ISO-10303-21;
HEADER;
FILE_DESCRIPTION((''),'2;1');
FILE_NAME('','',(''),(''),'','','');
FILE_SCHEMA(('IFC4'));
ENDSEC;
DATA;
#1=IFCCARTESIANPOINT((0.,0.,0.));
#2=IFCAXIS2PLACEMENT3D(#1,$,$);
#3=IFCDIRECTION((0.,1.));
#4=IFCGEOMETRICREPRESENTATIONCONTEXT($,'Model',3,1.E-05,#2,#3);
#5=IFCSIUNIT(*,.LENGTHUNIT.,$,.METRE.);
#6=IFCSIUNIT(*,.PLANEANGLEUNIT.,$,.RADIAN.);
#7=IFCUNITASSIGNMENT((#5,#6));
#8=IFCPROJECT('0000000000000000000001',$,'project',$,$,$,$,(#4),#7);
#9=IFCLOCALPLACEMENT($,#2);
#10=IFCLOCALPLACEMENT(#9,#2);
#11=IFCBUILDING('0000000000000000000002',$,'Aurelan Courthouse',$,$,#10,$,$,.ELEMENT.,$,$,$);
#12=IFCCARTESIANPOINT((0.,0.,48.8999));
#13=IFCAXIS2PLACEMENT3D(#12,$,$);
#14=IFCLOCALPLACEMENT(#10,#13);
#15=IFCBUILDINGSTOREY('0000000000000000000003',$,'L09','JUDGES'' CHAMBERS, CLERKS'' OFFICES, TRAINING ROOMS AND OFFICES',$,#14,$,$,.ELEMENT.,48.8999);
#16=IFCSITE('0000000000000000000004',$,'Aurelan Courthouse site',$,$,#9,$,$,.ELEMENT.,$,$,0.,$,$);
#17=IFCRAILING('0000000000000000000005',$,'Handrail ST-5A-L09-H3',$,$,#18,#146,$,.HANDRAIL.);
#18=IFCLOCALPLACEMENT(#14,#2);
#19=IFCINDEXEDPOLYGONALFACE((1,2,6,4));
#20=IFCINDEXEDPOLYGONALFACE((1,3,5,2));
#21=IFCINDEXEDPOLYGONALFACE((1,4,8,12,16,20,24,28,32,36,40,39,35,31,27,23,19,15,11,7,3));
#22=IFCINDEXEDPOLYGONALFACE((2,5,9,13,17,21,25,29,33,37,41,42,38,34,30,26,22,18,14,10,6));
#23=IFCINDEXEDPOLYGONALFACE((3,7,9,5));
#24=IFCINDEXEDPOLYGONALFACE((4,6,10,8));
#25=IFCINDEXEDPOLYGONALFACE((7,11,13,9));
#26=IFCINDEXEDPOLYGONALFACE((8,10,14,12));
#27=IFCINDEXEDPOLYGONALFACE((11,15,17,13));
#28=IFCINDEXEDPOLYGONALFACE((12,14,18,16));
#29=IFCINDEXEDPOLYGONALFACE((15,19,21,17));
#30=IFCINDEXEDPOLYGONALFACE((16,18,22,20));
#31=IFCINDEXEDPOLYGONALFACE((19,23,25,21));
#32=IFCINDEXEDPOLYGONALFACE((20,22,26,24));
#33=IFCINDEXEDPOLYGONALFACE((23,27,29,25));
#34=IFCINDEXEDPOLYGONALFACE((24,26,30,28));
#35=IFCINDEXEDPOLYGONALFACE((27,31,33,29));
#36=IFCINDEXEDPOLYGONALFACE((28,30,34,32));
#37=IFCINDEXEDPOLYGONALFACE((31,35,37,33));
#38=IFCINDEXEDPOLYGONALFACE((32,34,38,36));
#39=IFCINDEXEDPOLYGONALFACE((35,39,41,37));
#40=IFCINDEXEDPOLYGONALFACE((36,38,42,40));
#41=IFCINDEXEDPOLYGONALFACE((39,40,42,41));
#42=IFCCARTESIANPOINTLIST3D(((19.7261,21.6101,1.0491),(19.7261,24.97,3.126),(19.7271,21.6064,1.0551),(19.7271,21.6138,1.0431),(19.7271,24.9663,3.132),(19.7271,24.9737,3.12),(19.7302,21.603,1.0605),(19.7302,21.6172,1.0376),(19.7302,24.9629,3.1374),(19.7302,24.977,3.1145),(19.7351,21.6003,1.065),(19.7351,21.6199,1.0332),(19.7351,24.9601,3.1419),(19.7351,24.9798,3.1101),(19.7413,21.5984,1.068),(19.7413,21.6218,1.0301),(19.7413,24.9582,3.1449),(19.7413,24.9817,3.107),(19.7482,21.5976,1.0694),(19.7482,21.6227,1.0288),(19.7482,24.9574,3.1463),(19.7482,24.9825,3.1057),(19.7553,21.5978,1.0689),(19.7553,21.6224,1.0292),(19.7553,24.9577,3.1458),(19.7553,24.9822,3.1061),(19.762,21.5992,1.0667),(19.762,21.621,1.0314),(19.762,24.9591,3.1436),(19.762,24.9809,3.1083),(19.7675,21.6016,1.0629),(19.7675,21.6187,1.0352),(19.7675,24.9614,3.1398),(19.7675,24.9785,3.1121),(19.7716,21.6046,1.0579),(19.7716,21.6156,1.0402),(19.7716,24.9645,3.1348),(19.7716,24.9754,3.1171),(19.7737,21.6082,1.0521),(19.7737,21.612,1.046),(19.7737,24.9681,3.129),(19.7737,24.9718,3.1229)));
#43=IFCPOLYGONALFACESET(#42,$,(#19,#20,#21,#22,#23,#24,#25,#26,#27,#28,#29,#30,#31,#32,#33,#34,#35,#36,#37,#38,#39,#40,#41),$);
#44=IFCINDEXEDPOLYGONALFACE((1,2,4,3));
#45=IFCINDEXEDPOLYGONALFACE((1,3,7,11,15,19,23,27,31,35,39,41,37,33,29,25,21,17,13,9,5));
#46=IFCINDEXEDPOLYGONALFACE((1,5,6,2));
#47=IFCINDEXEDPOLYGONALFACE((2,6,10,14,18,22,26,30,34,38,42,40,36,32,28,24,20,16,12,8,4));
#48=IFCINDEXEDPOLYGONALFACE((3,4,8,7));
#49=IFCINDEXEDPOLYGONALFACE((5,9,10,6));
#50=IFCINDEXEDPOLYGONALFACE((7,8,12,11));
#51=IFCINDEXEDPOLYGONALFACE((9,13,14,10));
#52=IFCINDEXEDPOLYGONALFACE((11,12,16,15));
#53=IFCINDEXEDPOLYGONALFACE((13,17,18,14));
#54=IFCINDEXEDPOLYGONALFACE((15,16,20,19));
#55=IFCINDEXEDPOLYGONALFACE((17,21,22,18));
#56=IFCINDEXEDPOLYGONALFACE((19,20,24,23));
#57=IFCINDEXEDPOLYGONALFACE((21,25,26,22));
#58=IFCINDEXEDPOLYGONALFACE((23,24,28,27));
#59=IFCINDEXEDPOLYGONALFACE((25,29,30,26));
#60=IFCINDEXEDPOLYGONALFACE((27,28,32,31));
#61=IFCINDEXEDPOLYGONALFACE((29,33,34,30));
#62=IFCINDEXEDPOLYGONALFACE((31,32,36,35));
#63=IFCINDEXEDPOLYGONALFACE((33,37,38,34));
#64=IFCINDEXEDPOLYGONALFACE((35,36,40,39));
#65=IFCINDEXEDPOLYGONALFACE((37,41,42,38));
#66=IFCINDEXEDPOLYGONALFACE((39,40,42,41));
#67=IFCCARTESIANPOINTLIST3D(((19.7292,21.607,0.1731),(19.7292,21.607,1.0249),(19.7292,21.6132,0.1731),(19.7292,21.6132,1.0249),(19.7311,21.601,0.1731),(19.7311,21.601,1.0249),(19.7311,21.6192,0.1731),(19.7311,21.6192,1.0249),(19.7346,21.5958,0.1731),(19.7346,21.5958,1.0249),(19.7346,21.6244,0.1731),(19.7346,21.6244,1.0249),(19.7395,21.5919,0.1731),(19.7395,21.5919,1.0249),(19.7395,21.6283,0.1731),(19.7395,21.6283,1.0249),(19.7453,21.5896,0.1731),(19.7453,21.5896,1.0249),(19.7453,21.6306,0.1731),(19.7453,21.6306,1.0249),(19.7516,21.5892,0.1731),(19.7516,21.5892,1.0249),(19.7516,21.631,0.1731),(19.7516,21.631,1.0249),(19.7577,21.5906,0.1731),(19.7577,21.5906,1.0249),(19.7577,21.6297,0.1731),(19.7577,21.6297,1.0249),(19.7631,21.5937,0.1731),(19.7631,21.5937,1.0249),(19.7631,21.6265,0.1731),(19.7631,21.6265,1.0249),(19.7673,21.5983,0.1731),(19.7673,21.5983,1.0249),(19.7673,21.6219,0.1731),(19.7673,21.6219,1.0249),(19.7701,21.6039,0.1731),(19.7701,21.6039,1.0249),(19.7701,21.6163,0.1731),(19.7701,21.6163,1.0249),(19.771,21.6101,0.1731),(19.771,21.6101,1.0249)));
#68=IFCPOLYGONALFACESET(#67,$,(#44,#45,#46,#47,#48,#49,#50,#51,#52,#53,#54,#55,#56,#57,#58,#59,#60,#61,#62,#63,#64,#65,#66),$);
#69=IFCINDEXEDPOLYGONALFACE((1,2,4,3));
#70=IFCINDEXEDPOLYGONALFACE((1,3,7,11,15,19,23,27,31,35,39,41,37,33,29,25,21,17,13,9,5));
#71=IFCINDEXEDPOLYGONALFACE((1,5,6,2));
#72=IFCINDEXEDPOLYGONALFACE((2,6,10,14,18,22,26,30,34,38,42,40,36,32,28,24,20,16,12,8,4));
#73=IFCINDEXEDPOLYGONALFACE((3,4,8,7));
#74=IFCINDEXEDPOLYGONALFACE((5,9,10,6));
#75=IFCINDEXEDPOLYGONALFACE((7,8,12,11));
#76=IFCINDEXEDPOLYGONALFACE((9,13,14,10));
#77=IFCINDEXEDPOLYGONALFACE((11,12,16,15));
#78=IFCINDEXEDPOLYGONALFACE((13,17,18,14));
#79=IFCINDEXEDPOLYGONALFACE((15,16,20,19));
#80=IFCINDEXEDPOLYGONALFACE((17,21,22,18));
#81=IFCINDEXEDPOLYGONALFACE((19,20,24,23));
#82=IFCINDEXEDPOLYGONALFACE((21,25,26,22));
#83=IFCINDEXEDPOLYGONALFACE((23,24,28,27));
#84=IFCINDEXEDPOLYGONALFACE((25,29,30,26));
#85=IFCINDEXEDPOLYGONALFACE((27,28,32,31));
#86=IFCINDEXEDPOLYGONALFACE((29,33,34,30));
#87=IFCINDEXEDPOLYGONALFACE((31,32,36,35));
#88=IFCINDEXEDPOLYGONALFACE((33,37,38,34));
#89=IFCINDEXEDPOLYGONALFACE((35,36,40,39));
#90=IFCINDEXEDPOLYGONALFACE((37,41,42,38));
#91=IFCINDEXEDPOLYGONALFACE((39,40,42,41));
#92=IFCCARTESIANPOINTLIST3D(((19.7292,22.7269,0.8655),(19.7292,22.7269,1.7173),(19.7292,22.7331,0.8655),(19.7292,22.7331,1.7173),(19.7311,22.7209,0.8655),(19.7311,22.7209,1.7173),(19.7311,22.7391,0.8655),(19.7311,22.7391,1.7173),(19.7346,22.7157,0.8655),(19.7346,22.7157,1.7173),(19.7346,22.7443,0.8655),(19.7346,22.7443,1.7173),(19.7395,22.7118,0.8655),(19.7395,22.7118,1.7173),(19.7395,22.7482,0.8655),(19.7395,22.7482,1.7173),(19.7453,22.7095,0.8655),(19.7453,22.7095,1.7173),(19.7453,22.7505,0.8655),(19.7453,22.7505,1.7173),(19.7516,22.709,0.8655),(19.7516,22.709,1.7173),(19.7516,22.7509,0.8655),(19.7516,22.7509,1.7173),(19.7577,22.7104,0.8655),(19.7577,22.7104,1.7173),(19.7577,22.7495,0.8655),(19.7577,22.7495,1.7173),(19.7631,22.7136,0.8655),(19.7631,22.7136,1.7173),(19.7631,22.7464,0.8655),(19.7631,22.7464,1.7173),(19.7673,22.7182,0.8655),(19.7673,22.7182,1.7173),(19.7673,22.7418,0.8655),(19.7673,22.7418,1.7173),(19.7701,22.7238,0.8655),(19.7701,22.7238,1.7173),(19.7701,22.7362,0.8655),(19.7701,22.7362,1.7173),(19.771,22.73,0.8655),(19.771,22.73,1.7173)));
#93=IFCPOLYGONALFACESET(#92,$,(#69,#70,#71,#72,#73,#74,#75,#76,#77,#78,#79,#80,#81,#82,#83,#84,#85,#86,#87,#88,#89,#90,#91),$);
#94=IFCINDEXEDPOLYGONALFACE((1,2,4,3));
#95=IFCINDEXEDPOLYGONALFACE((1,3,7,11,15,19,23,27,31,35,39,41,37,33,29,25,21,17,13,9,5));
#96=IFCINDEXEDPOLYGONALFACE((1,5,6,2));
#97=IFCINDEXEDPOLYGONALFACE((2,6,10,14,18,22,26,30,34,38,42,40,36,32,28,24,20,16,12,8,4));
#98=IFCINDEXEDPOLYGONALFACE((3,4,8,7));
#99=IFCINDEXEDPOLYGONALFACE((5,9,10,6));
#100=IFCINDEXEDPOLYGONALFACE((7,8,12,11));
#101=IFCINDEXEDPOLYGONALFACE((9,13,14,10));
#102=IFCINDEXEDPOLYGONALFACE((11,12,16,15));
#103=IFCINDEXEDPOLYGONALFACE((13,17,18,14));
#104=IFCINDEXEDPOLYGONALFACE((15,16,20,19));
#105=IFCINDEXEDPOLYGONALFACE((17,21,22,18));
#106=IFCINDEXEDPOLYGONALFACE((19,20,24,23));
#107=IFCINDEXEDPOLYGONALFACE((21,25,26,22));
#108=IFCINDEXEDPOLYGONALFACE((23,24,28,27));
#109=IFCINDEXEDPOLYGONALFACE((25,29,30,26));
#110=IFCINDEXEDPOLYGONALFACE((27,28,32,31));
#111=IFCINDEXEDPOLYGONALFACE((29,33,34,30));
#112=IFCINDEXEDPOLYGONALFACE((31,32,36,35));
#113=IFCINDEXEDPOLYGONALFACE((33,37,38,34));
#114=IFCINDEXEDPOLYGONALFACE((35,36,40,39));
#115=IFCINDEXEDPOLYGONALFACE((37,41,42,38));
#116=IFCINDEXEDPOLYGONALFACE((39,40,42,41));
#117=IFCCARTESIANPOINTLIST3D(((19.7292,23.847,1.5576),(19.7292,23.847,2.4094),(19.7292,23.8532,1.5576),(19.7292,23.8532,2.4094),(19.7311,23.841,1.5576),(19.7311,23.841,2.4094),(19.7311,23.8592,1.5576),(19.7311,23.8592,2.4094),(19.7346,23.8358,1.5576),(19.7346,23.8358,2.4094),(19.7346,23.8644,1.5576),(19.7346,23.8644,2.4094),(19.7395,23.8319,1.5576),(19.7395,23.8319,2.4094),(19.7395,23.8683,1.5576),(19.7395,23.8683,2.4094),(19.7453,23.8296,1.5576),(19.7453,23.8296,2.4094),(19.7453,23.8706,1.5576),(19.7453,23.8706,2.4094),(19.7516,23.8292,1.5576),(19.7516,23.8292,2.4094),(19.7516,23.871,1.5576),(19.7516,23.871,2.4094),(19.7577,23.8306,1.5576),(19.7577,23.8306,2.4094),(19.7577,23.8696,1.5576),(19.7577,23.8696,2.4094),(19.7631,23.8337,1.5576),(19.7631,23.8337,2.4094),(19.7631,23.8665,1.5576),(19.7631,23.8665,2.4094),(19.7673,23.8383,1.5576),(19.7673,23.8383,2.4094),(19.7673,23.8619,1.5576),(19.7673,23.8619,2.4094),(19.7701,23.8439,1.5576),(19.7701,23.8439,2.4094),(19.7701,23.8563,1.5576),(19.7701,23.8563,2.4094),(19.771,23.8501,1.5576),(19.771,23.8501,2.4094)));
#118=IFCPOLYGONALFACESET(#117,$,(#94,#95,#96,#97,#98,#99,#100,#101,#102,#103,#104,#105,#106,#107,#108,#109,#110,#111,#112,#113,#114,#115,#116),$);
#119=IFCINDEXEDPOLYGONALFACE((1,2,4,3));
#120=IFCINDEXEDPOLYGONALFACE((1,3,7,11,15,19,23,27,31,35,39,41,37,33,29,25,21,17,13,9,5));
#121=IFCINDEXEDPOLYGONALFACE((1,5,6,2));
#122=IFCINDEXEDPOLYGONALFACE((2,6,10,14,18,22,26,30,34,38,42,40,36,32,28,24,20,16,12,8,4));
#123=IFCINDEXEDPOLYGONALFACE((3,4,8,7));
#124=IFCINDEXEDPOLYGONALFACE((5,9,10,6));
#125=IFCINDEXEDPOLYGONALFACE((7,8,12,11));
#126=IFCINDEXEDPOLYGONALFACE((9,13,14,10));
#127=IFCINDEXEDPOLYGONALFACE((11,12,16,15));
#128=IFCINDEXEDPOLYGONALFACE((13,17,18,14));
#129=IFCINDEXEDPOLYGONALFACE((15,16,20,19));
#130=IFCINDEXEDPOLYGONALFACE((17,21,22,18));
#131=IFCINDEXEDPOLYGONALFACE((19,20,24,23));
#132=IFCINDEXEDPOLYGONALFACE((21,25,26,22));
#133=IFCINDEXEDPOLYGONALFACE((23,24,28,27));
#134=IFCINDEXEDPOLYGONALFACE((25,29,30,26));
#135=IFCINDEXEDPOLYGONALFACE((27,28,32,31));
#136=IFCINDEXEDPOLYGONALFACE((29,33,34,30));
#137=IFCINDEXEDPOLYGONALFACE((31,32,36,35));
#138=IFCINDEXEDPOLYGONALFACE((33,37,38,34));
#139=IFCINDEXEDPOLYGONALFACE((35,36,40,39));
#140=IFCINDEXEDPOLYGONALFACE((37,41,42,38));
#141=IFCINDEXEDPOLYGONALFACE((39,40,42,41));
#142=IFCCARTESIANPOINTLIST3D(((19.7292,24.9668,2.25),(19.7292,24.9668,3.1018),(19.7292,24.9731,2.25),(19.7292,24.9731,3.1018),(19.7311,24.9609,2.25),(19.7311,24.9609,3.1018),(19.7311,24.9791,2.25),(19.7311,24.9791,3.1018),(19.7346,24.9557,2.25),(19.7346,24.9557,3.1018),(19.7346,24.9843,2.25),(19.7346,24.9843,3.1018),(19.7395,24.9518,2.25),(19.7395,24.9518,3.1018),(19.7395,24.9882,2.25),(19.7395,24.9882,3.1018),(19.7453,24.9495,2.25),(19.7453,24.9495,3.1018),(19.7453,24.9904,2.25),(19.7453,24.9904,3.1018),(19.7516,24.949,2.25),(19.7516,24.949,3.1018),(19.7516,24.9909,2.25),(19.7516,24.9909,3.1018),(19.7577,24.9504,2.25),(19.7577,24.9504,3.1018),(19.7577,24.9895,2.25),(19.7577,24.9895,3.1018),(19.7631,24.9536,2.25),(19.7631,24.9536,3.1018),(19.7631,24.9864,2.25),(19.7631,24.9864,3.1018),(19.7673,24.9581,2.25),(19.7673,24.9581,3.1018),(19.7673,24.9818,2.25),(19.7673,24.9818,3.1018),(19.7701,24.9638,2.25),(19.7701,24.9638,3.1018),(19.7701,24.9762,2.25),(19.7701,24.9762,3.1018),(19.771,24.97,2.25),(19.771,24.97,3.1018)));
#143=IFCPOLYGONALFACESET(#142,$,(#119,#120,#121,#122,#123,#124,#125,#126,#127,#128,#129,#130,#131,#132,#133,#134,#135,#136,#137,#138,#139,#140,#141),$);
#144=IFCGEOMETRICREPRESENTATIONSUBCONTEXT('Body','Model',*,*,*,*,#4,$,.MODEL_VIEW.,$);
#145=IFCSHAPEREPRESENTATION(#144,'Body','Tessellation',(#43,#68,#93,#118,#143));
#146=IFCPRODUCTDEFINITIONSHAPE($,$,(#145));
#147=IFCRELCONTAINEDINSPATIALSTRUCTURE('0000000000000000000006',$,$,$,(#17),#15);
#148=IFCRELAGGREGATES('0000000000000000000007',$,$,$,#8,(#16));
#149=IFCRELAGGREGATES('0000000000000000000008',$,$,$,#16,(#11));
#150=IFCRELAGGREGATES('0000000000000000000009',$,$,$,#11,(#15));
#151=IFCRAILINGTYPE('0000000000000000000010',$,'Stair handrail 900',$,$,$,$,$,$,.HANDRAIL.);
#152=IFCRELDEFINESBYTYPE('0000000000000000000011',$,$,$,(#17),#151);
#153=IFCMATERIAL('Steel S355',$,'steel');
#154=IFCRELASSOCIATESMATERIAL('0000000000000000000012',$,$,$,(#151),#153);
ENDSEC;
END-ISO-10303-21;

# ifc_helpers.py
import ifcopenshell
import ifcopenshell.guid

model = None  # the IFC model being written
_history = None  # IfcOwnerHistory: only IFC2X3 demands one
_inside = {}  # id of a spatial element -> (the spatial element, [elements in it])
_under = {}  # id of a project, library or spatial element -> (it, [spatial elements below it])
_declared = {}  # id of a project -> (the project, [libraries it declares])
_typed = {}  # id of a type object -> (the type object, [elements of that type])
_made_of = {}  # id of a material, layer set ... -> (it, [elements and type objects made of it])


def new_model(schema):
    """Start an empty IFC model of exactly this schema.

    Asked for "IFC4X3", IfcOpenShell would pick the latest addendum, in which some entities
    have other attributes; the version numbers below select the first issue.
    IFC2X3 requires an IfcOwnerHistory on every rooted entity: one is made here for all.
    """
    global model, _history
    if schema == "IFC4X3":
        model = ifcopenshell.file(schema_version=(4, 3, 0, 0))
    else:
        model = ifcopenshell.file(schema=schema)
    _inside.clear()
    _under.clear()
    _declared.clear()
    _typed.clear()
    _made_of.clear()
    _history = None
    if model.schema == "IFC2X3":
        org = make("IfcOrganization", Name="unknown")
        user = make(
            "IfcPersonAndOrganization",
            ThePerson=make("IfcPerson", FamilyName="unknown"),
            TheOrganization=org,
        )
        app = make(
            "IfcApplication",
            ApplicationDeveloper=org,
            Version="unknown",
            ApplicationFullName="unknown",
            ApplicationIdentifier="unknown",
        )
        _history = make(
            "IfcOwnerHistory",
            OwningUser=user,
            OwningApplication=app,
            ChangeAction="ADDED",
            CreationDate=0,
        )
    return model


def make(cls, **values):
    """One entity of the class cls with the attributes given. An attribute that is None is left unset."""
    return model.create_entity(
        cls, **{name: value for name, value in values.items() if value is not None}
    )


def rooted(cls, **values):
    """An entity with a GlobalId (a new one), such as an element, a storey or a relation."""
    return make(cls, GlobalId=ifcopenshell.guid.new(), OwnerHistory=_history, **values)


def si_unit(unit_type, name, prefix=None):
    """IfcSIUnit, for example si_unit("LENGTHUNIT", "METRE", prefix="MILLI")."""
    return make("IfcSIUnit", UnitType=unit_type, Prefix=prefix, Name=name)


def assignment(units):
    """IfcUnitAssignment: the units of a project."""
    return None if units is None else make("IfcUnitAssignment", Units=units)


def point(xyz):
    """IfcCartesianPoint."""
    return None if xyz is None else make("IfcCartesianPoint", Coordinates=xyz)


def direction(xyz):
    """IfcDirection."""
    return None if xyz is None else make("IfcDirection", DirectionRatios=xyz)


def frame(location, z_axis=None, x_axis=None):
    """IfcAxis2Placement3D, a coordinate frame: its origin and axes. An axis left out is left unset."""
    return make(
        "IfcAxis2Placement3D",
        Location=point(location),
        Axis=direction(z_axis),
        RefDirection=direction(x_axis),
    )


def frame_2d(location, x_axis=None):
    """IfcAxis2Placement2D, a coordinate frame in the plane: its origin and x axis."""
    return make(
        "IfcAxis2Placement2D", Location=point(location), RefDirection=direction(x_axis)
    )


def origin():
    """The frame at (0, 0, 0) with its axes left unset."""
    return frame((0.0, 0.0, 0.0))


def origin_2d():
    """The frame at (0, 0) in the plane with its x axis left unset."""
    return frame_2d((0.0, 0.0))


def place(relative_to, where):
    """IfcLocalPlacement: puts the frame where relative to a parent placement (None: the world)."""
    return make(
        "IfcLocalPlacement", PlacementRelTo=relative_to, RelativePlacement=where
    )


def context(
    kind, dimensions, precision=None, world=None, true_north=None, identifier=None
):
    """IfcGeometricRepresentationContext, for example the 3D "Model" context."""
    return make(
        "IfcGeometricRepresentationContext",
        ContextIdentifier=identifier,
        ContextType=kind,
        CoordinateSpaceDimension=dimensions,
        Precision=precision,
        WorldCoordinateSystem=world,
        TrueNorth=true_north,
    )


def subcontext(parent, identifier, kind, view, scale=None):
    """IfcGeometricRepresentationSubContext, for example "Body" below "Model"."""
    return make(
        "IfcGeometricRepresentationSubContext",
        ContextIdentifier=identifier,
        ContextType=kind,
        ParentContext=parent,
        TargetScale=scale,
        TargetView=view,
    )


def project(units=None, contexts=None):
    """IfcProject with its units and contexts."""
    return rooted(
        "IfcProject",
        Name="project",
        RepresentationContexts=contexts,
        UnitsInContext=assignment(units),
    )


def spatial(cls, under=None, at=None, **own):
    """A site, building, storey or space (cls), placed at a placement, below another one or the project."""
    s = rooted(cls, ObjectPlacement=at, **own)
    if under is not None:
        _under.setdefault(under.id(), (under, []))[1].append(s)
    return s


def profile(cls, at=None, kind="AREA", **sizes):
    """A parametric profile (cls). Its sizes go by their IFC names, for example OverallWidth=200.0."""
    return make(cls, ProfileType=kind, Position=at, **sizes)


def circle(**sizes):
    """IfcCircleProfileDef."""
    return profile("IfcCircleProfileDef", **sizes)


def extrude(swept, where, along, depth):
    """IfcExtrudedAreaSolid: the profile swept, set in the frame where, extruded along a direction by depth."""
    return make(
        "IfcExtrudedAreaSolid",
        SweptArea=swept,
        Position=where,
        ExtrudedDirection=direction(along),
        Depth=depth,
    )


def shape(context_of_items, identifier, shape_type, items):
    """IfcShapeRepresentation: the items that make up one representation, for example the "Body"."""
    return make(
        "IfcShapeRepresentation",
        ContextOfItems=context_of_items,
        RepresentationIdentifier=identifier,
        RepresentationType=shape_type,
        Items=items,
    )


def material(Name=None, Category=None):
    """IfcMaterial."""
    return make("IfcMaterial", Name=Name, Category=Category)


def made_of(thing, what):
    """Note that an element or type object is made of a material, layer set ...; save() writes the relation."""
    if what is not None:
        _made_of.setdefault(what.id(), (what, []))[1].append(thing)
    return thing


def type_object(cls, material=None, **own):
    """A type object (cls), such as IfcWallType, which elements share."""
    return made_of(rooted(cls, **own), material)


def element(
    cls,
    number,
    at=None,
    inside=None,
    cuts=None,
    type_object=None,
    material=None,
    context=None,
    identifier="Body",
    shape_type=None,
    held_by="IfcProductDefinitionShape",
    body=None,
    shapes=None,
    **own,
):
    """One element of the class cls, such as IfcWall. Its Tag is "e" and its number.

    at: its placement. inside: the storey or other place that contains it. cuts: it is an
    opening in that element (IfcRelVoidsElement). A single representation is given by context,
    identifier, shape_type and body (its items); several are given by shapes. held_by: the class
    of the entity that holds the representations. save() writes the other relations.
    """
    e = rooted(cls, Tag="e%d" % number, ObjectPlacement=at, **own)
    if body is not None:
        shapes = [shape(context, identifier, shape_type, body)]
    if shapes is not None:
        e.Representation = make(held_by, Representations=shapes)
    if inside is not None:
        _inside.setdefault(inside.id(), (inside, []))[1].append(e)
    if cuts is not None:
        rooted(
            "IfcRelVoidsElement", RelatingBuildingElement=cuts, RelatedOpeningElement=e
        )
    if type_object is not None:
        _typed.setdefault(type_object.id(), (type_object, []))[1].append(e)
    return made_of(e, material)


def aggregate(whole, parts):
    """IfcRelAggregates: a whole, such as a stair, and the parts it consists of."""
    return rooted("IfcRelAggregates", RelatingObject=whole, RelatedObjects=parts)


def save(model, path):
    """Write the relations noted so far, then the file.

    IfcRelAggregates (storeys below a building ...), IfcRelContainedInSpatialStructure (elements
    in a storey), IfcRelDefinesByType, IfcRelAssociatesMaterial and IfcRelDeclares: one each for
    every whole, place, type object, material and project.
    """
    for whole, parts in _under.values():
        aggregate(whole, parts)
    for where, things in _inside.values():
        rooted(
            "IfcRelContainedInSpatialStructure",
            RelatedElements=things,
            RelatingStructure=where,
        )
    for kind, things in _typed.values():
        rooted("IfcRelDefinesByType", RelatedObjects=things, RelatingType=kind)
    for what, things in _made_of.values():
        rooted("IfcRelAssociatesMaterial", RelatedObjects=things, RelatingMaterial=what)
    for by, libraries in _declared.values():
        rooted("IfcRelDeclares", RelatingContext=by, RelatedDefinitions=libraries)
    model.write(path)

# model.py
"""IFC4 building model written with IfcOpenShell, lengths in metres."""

from ifc_helpers import new_model, si_unit, direction, frame, origin, origin_2d, place, context, subcontext, project, spatial, circle, extrude, material, type_object, element, save


model = new_model("IFC4")

# Units and contexts
model_context = context("Model", 3, precision=1e-05, world=origin(), true_north=direction((0.0, 1.0)))
body_context = subcontext(model_context, "Body", "Model", "MODEL_VIEW")
ifc_project = project(units=[si_unit("LENGTHUNIT", "METRE"), si_unit("PLANEANGLEUNIT", "RADIAN")], contexts=[model_context])

# Site, building, storey
site_placement = place(None, origin())
site = spatial("IfcSite", under=ifc_project, at=site_placement, Name="Aurelan Courthouse site", CompositionType="ELEMENT", RefElevation=0.0)
building_placement = place(site_placement, origin())
building = spatial("IfcBuilding", under=site, at=building_placement, Name="Aurelan Courthouse", CompositionType="ELEMENT")
storey_placement = place(building_placement, frame((0.0, 0.0, 48.8999)))
storey = spatial("IfcBuildingStorey", under=building, at=storey_placement, Name="L09", Description="JUDGES' CHAMBERS, CLERKS' OFFICES, TRAINING ROOMS AND OFFICES", CompositionType="ELEMENT", Elevation=48.8999)

# Railing
ifc_material_1 = material(Name="Steel S355", Category="steel")
railing_type = type_object("IfcRailingType", Name="Stair handrail 900", PredefinedType="HANDRAIL", material=ifc_material_1)
for number, where, name in (
    (1, (19.75, 21.6101, 0.1731), "Handrail ST-5A-L09-H3"),
):
    element("IfcRailing", number, at=place(storey_placement, frame(where)), inside=storey, type_object=railing_type, Name=name, PredefinedType="HANDRAIL", context=body_context, shape_type="SweptSolid", body=[
        extrude(circle(Radius=0.0239, at=origin_2d()), frame((0.0, 0.0, 0.876), z_axis=(0.0, 0.850606, 0.525803), x_axis=(-1.0, 0.0, 0.0)), (0.0, 0.0, 1.0), 3.95),
        extrude(circle(Radius=0.021, at=origin_2d()), origin(), (0.0, 0.0, 1.0), 0.8518),
        extrude(circle(Radius=0.021, at=origin_2d()), frame((0.0, 1.1199, 0.6924)), (0.0, 0.0, 1.0), 0.8518),
        extrude(circle(Radius=0.021, at=origin_2d()), frame((0.0, 2.24, 1.3845)), (0.0, 0.0, 1.0), 0.8518),
        extrude(circle(Radius=0.021, at=origin_2d()), frame((0.0, 3.3599, 2.0769)), (0.0, 0.0, 1.0), 0.8518),
    ])

save(model, "model.ifc")
